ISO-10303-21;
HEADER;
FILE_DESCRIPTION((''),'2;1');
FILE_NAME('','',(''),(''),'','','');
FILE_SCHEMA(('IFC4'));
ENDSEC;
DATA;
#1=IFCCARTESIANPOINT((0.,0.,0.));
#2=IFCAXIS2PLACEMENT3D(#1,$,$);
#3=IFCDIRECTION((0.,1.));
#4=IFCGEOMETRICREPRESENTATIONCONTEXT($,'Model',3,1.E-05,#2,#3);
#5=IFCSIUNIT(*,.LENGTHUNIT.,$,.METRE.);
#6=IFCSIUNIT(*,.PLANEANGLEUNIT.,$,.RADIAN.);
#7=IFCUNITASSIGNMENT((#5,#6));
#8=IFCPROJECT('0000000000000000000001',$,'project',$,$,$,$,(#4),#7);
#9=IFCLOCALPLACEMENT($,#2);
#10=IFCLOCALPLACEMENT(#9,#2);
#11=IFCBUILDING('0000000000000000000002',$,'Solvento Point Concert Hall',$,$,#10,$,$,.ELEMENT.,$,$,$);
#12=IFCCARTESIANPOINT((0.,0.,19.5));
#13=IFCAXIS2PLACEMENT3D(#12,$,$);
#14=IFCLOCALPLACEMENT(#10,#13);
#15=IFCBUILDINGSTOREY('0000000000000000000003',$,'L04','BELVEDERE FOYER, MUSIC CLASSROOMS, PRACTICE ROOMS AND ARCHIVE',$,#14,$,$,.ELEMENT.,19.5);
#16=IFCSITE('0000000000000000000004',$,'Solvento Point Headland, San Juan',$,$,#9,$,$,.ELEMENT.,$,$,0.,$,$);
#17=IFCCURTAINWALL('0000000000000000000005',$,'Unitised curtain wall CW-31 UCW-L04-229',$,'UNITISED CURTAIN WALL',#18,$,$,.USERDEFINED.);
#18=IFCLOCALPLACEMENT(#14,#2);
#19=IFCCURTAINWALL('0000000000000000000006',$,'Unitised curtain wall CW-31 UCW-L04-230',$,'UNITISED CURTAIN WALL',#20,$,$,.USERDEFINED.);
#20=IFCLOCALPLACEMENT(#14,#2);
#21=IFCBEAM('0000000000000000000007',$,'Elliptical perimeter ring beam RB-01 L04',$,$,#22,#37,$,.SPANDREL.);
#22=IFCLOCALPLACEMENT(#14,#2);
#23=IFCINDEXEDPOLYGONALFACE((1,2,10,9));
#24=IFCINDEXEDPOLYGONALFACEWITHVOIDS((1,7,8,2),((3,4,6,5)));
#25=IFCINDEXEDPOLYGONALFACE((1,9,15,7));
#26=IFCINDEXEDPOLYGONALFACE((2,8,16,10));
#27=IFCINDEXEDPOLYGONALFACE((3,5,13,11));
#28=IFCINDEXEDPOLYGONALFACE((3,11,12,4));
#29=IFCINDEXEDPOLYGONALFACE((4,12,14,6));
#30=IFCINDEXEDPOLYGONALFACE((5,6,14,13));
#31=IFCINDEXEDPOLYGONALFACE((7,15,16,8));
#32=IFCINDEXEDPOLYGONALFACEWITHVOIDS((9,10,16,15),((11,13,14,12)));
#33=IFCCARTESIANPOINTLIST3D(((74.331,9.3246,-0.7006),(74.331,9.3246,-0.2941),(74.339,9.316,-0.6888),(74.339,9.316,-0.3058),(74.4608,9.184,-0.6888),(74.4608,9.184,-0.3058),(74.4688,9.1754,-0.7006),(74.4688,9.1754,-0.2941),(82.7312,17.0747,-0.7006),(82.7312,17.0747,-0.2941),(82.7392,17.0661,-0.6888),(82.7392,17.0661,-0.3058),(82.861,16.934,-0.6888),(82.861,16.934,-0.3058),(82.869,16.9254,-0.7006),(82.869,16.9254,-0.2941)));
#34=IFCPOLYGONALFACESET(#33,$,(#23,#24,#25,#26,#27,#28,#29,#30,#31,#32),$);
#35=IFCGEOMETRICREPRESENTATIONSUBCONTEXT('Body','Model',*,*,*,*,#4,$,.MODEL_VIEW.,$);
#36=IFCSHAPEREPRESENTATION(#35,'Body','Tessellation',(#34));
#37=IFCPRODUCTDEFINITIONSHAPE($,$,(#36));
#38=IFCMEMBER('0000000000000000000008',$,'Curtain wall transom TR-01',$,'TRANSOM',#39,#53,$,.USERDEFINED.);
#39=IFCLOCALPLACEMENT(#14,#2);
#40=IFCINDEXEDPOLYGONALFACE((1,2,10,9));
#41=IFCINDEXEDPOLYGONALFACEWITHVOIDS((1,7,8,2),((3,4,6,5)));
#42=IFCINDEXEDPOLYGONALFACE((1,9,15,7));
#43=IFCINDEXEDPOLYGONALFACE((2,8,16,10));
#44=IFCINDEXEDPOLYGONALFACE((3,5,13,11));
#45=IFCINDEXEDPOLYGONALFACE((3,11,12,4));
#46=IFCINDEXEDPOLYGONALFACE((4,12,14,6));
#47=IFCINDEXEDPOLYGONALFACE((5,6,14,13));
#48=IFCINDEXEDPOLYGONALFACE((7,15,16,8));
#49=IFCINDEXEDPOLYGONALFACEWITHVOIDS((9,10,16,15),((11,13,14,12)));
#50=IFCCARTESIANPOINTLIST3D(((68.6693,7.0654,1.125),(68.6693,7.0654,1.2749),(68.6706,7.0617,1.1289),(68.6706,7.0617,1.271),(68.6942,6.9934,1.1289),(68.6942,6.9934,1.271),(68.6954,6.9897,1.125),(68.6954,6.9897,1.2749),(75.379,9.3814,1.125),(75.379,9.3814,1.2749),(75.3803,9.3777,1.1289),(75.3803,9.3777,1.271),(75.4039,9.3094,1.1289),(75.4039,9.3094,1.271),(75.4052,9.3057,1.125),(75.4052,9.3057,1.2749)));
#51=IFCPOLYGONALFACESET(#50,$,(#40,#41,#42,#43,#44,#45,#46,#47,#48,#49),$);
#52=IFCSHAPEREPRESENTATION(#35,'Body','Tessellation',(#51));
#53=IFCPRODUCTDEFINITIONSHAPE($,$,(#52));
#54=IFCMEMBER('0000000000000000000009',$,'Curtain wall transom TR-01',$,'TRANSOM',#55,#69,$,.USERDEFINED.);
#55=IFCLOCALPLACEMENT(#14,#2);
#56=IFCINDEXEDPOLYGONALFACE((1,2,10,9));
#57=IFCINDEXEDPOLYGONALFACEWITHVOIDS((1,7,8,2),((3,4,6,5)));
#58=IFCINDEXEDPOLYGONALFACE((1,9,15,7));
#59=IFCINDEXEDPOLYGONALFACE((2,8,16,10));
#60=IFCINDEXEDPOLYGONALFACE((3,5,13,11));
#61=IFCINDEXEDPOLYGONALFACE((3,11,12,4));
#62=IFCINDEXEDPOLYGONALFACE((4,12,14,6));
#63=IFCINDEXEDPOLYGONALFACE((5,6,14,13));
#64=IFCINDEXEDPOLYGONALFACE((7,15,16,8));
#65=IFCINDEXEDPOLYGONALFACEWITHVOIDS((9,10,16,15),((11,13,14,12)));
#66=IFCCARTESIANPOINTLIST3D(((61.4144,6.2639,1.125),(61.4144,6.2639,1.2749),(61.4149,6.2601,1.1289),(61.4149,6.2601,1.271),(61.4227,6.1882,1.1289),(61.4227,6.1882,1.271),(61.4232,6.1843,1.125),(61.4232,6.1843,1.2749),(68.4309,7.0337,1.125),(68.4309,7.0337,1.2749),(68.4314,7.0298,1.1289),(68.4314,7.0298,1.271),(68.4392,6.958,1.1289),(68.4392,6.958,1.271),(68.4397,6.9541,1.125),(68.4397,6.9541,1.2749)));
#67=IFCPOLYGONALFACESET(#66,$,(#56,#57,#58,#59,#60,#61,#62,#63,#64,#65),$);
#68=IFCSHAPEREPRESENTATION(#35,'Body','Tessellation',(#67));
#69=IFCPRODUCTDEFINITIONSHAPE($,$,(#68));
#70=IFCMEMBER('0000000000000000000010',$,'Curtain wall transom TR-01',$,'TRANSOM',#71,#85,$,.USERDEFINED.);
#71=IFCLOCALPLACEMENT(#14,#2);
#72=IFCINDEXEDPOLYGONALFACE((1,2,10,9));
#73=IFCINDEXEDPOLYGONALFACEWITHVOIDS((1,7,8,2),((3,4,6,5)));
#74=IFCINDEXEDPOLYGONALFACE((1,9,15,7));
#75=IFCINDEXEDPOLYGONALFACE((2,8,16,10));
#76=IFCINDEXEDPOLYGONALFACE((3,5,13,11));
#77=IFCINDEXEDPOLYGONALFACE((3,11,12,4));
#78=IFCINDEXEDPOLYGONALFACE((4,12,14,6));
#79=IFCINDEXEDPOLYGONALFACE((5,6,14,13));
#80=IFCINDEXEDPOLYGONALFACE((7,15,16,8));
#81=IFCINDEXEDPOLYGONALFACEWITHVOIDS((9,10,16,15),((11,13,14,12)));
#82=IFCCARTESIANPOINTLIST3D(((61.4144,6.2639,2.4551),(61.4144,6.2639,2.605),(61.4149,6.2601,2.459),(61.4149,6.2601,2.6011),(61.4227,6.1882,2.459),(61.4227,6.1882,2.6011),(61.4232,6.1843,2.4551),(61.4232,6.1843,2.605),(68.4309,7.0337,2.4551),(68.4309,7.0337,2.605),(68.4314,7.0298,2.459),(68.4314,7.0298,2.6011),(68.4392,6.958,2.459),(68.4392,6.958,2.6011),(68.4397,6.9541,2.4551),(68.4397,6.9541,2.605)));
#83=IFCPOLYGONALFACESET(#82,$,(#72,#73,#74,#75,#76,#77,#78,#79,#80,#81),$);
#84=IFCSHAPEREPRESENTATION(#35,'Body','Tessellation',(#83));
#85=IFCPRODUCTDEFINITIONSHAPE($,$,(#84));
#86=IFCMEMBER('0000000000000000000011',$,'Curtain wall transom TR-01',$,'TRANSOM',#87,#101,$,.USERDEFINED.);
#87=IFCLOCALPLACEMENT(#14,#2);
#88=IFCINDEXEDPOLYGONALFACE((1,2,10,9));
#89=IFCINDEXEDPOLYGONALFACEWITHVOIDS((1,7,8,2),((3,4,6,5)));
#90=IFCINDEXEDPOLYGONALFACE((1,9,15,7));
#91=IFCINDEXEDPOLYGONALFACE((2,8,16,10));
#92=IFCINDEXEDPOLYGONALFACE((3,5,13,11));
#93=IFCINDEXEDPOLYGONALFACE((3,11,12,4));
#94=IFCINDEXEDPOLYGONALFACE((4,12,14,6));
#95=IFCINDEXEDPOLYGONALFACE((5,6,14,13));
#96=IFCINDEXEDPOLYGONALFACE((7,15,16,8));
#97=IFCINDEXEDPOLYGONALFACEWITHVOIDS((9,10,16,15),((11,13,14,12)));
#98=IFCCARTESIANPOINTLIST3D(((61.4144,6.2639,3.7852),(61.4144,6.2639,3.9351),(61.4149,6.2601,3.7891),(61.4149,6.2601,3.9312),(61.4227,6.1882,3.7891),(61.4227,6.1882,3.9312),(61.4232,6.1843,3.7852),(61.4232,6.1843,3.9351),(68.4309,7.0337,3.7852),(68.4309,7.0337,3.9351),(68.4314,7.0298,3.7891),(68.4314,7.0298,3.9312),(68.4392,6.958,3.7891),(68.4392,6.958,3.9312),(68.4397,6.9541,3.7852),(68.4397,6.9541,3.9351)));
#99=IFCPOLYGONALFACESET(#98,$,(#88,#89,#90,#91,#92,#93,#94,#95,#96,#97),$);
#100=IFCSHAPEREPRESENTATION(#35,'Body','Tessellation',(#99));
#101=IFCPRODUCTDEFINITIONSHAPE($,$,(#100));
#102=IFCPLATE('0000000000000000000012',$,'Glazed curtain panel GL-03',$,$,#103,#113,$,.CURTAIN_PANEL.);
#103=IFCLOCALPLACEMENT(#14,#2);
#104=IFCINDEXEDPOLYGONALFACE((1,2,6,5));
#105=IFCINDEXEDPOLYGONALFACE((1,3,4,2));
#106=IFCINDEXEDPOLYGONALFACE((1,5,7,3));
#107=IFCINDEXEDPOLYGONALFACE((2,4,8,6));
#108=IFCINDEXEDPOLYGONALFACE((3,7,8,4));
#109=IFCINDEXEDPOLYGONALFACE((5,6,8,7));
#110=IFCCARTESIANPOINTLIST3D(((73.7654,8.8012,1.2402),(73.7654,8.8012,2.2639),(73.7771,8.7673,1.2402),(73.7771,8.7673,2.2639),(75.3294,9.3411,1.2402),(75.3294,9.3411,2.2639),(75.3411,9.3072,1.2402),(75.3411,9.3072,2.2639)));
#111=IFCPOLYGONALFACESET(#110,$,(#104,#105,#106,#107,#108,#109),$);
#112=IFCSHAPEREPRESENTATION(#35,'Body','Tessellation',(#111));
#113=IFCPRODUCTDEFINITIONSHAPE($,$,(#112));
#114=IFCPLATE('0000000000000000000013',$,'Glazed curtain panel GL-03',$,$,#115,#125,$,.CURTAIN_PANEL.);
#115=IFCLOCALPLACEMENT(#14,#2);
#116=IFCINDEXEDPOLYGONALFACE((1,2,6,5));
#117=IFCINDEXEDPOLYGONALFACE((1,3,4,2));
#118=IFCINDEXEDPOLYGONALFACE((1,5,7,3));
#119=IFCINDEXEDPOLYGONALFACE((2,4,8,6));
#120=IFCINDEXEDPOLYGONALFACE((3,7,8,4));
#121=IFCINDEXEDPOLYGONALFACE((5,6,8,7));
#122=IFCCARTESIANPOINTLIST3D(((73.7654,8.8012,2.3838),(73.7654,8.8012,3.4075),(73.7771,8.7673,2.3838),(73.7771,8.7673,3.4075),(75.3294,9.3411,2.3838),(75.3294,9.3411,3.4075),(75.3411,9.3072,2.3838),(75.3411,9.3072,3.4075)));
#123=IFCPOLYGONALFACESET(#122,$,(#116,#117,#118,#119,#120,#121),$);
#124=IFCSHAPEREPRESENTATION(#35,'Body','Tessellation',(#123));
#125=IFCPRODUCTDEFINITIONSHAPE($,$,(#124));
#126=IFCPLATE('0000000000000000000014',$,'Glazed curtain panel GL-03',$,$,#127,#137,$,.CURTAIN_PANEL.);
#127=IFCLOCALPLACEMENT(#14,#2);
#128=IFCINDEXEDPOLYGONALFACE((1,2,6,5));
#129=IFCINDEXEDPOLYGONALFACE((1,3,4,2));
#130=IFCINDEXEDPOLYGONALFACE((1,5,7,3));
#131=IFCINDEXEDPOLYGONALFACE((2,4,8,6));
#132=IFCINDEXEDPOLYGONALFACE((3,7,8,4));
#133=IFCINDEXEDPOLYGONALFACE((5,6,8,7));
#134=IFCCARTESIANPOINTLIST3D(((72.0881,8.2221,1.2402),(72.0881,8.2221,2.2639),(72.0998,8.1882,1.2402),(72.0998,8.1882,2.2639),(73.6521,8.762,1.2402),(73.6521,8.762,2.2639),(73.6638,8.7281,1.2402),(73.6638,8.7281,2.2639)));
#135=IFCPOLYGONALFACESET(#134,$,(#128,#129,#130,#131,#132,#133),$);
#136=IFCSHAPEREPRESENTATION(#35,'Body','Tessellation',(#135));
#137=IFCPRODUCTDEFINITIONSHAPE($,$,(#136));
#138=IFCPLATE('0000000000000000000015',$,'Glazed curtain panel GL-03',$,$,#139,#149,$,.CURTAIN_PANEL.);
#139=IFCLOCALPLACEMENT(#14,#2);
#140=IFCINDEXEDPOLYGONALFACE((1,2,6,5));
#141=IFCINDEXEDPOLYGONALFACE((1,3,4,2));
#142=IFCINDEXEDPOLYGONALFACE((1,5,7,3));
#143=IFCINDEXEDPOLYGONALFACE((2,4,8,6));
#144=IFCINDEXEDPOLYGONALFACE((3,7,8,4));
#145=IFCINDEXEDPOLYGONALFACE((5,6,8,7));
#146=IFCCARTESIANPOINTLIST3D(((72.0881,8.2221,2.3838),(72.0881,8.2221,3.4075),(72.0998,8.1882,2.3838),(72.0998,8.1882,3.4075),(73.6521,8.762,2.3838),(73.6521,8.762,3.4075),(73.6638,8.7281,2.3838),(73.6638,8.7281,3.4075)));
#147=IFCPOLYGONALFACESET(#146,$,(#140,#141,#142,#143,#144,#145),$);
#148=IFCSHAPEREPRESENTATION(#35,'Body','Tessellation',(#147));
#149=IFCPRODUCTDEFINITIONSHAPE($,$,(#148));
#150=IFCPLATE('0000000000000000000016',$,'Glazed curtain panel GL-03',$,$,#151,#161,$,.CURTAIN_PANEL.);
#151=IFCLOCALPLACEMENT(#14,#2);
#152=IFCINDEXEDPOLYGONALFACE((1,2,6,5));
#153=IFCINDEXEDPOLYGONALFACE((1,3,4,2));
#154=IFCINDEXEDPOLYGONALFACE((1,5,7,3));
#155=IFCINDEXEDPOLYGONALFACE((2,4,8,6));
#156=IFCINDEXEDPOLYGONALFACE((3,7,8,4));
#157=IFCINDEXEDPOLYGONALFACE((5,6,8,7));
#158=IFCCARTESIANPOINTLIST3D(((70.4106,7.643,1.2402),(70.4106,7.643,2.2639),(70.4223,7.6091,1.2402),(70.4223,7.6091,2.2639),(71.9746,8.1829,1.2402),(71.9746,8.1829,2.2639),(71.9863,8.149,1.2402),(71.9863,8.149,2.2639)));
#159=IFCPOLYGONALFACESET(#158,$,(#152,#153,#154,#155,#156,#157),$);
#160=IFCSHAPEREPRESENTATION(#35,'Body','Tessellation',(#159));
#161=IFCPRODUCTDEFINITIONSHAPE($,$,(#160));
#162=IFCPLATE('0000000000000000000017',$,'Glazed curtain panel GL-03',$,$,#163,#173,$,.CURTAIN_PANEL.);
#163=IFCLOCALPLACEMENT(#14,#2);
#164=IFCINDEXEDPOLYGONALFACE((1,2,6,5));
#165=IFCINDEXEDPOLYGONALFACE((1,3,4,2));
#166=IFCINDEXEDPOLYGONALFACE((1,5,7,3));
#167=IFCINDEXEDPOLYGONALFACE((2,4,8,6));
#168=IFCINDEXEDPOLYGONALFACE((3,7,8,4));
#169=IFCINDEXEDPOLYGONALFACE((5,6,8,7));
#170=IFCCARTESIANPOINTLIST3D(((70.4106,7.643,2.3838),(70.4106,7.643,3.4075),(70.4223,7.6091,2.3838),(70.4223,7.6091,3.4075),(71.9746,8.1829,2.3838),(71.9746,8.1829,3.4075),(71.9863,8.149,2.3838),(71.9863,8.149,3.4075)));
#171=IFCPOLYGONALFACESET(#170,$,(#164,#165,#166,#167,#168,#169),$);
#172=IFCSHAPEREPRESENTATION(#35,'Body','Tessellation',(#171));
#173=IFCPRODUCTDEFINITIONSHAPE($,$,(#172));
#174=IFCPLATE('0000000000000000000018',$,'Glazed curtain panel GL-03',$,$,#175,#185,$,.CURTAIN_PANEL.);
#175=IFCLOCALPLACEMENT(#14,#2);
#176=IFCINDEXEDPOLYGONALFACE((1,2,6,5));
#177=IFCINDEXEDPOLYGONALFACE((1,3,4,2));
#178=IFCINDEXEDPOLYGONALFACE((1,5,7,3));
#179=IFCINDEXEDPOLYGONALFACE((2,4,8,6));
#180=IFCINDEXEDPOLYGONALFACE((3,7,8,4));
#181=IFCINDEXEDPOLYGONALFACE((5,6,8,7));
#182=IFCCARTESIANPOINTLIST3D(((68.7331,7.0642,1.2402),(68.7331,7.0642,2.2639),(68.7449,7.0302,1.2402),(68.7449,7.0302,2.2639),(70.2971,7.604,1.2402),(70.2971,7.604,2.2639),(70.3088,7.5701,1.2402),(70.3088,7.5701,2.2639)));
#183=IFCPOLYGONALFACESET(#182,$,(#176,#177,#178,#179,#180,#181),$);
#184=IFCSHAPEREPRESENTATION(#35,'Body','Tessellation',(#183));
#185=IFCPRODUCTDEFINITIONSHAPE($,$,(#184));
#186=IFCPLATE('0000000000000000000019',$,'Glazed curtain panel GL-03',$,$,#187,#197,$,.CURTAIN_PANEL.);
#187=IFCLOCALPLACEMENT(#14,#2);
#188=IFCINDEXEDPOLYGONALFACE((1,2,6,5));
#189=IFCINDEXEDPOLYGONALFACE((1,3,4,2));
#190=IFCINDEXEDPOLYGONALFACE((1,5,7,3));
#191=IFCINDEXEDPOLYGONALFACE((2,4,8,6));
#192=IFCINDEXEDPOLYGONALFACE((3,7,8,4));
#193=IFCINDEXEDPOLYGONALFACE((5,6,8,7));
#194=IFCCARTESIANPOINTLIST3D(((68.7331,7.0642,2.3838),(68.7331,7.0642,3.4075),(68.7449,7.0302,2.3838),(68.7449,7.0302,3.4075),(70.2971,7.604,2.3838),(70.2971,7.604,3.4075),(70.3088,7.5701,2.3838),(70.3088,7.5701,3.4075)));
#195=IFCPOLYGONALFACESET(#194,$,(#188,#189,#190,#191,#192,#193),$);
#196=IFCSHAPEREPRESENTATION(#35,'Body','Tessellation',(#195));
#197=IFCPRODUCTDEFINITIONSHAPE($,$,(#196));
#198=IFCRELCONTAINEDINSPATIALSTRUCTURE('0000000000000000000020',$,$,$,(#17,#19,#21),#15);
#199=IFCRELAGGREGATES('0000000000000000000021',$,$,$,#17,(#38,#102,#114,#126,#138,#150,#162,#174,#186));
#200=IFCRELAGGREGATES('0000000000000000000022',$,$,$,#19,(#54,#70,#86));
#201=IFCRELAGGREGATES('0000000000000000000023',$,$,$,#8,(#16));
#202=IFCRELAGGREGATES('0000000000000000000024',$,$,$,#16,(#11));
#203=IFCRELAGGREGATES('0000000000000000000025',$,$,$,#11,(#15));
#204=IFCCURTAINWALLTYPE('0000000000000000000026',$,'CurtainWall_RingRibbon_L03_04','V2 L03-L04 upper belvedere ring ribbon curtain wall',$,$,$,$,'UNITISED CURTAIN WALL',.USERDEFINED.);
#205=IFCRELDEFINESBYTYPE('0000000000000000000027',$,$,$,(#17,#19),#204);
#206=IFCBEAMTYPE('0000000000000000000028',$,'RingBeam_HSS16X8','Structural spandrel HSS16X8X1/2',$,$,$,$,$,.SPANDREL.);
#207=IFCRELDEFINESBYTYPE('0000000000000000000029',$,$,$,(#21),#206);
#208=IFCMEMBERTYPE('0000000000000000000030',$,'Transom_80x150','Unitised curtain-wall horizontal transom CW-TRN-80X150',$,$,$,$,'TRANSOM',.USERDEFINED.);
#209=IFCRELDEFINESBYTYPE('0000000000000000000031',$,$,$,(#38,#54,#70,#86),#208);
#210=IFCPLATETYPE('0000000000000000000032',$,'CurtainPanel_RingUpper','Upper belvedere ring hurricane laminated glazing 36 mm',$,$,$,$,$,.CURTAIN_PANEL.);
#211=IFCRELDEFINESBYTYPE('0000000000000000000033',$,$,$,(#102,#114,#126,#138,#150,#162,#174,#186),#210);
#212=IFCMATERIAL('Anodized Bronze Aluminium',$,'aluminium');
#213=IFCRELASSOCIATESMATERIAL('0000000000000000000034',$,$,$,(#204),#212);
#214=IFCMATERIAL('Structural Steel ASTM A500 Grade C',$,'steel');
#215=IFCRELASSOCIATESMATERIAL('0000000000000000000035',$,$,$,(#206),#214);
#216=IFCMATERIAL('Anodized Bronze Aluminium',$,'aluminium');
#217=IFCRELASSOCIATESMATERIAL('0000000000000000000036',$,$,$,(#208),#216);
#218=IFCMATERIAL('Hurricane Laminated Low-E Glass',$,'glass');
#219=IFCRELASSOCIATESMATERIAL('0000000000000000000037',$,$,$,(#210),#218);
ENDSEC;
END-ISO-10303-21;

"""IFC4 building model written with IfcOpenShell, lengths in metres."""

from ifc_helpers import new_model, si_unit, direction, frame, origin, origin_2d, place, context, subcontext, project, spatial, rectangle, hollow_rectangle, extrude, material, material_profile, profile_set, type_object, element, aggregate, save


model = new_model("IFC4")

# Units and contexts
model_context = context("Model", 3, precision=1e-05, world=origin(), true_north=direction((0.0, 1.0)))
body_context = subcontext(model_context, "Body", "Model", "MODEL_VIEW")
ifc_project = project(units=[si_unit("LENGTHUNIT", "METRE"), si_unit("PLANEANGLEUNIT", "RADIAN")], contexts=[model_context])

# Site, building, storey
site_placement = place(None, origin())
site = spatial("IfcSite", under=ifc_project, at=site_placement, Name="Solvento Point Headland, San Juan", CompositionType="ELEMENT", RefElevation=0.0)
building_placement = place(site_placement, origin())
building = spatial("IfcBuilding", under=site, at=building_placement, Name="Solvento Point Concert Hall", CompositionType="ELEMENT")
storey_placement = place(building_placement, frame((0.0, 0.0, 19.5)))
storey = spatial("IfcBuildingStorey", under=building, at=storey_placement, Name="L04", Description="BELVEDERE FOYER, MUSIC CLASSROOMS, PRACTICE ROOMS AND ARCHIVE", CompositionType="ELEMENT", Elevation=19.5)

# Curtain walls
ifc_material_1 = material(Name="Anodized Bronze Aluminium", Category="aluminium")
curtain_wall_type = type_object("IfcCurtainWallType", Name="CurtainWall_RingRibbon_L03_04", Description="V2 L03-L04 upper belvedere ring ribbon curtain wall", ElementType="UNITISED CURTAIN WALL", PredefinedType="USERDEFINED", material=ifc_material_1)
curtain_wall_1_placement = place(storey_placement, origin())
curtain_wall_1 = element("IfcCurtainWall", 1, at=curtain_wall_1_placement, inside=storey, type_object=curtain_wall_type, Name="Unitised curtain wall CW-31 UCW-L04-229", ObjectType="UNITISED CURTAIN WALL", PredefinedType="USERDEFINED")
curtain_wall_2_placement = place(storey_placement, origin())
curtain_wall_2 = element("IfcCurtainWall", 2, at=curtain_wall_2_placement, inside=storey, type_object=curtain_wall_type, Name="Unitised curtain wall CW-31 UCW-L04-230", ObjectType="UNITISED CURTAIN WALL", PredefinedType="USERDEFINED")

# Beam
ifc_material_2 = material(Name="Structural Steel ASTM A500 Grade C", Category="steel")
ifc_material_profile_1 = material_profile(ifc_material_2, hollow_rectangle(XDim=0.2031, YDim=0.4065, WallThickness=0.0117, at=origin_2d()), Name="HSS16X8X1/2")
ifc_profile_set_1 = profile_set([ifc_material_profile_1], Name="Structural Steel ASTM A500 Grade C")
beam_type = type_object("IfcBeamType", Name="RingBeam_HSS16X8", Description="Structural spandrel HSS16X8X1/2", PredefinedType="SPANDREL", material=ifc_profile_set_1)
beam_1_placement = place(storey_placement, frame((74.3999, 9.25, -0.4973), z_axis=(0.734977, 0.678092, 0.0), x_axis=(-0.678092, 0.734977, 0.0)))
element("IfcBeam", 3, at=beam_1_placement, inside=storey, type_object=beam_type, Name="Elliptical perimeter ring beam RB-01 L04", PredefinedType="SPANDREL", context=body_context, shape_type="SweptSolid", body=[
    extrude(hollow_rectangle(XDim=0.2031, YDim=0.4065, WallThickness=0.0117, at=origin_2d()), origin(), (0.0, 0.0, 1.0), 11.4292),
])

# Members
ifc_material_3 = material(Name="Anodized Bronze Aluminium", Category="aluminium")
ifc_material_profile_2 = material_profile(ifc_material_3, hollow_rectangle(XDim=0.0801, YDim=0.1499, WallThickness=0.0039, at=origin_2d()), Name="CW-TRN-80X150")
ifc_profile_set_2 = profile_set([ifc_material_profile_2], Name="Anodized Bronze Aluminium")
member_type_1 = type_object("IfcMemberType", Name="Transom_80x150", Description="Unitised curtain-wall horizontal transom CW-TRN-80X150", ElementType="TRANSOM", PredefinedType="USERDEFINED", material=ifc_profile_set_2)
member_1_placement = place(storey_placement, frame((75.3921, 9.3435, 1.2), z_axis=(-0.945276, -0.326271, 0.0), x_axis=(0.326271, -0.945276, 0.0)))
member_1 = element("IfcMember", 4, at=member_1_placement, type_object=member_type_1, Name="Curtain wall transom TR-01", ObjectType="TRANSOM", PredefinedType="USERDEFINED", context=body_context, shape_type="SweptSolid", body=[
    extrude(hollow_rectangle(XDim=0.0801, YDim=0.1499, WallThickness=0.0039, at=origin_2d()), origin(), (0.0, 0.0, 1.0), 7.0981),
])
member_2_placement = place(storey_placement, frame((68.4353, 6.9939, 1.2), z_axis=(-0.994036, -0.109053, 0.0), x_axis=(0.109053, -0.994036, 0.0)))
member_2 = element("IfcMember", 5, at=member_2_placement, type_object=member_type_1, Name="Curtain wall transom TR-01", ObjectType="TRANSOM", PredefinedType="USERDEFINED", context=body_context, shape_type="SweptSolid", body=[
    extrude(hollow_rectangle(XDim=0.0801, YDim=0.1499, WallThickness=0.0039, at=origin_2d()), origin(), (0.0, 0.0, 1.0), 7.0586),
])
member_3_placement = place(storey_placement, frame((68.4353, 6.9939, 2.53), z_axis=(-0.994036, -0.109053, 0.0), x_axis=(0.109053, -0.994036, 0.0)))
member_3 = element("IfcMember", 6, at=member_3_placement, type_object=member_type_1, Name="Curtain wall transom TR-01", ObjectType="TRANSOM", PredefinedType="USERDEFINED", context=body_context, shape_type="SweptSolid", body=[
    extrude(hollow_rectangle(XDim=0.0801, YDim=0.1499, WallThickness=0.0039, at=origin_2d()), origin(), (0.0, 0.0, 1.0), 7.0586),
])
member_4_placement = place(storey_placement, frame((68.4353, 6.9939, 3.8601), z_axis=(-0.994036, -0.109053, 0.0), x_axis=(0.109053, -0.994036, 0.0)))
member_4 = element("IfcMember", 7, at=member_4_placement, type_object=member_type_1, Name="Curtain wall transom TR-01", ObjectType="TRANSOM", PredefinedType="USERDEFINED", context=body_context, shape_type="SweptSolid", body=[
    extrude(hollow_rectangle(XDim=0.0801, YDim=0.1499, WallThickness=0.0039, at=origin_2d()), origin(), (0.0, 0.0, 1.0), 7.0586),
])

# Plates
ifc_material_4 = material(Name="Hurricane Laminated Low-E Glass", Category="glass")
plate_type = type_object("IfcPlateType", Name="CurtainPanel_RingUpper", Description="Upper belvedere ring hurricane laminated glazing 36 mm", PredefinedType="CURTAIN_PANEL", material=ifc_material_4)
plate_1_placement = place(storey_placement, frame((74.5532, 9.0542, 1.2402), z_axis=(0.0, 0.0, 1.0), x_axis=(-0.945271, -0.326286, 0.0)))
plate_1 = element("IfcPlate", 8, at=plate_1_placement, type_object=plate_type, Name="Glazed curtain panel GL-03", PredefinedType="CURTAIN_PANEL", context=body_context, shape_type="SweptSolid", body=[
    extrude(rectangle(XDim=1.6545, YDim=0.0359, at=origin_2d()), origin(), (0.0, 0.0, 1.0), 1.0237),
])
plate_2_placement = place(storey_placement, frame((74.5532, 9.0542, 2.3838), z_axis=(0.0, 0.0, 1.0), x_axis=(-0.945271, -0.326286, 0.0)))
plate_2 = element("IfcPlate", 9, at=plate_2_placement, type_object=plate_type, Name="Glazed curtain panel GL-03", PredefinedType="CURTAIN_PANEL", context=body_context, shape_type="SweptSolid", body=[
    extrude(rectangle(XDim=1.6545, YDim=0.0359, at=origin_2d()), origin(), (0.0, 0.0, 1.0), 1.0237),
])
plate_3_placement = place(storey_placement, frame((72.876, 8.4751, 1.2402), z_axis=(0.0, 0.0, 1.0), x_axis=(-0.945271, -0.326286, 0.0)))
plate_3 = element("IfcPlate", 10, at=plate_3_placement, type_object=plate_type, Name="Glazed curtain panel GL-03", PredefinedType="CURTAIN_PANEL", context=body_context, shape_type="SweptSolid", body=[
    extrude(rectangle(XDim=1.6545, YDim=0.0359, at=origin_2d()), origin(), (0.0, 0.0, 1.0), 1.0237),
])
plate_4_placement = place(storey_placement, frame((72.876, 8.4751, 2.3838), z_axis=(0.0, 0.0, 1.0), x_axis=(-0.945271, -0.326286, 0.0)))
plate_4 = element("IfcPlate", 11, at=plate_4_placement, type_object=plate_type, Name="Glazed curtain panel GL-03", PredefinedType="CURTAIN_PANEL", context=body_context, shape_type="SweptSolid", body=[
    extrude(rectangle(XDim=1.6545, YDim=0.0359, at=origin_2d()), origin(), (0.0, 0.0, 1.0), 1.0237),
])
plate_5_placement = place(storey_placement, frame((71.1985, 7.896, 1.2402), z_axis=(0.0, 0.0, 1.0), x_axis=(-0.945271, -0.326286, 0.0)))
plate_5 = element("IfcPlate", 12, at=plate_5_placement, type_object=plate_type, Name="Glazed curtain panel GL-03", PredefinedType="CURTAIN_PANEL", context=body_context, shape_type="SweptSolid", body=[
    extrude(rectangle(XDim=1.6545, YDim=0.0359, at=origin_2d()), origin(), (0.0, 0.0, 1.0), 1.0237),
])
plate_6_placement = place(storey_placement, frame((71.1985, 7.896, 2.3838), z_axis=(0.0, 0.0, 1.0), x_axis=(-0.945271, -0.326286, 0.0)))
plate_6 = element("IfcPlate", 13, at=plate_6_placement, type_object=plate_type, Name="Glazed curtain panel GL-03", PredefinedType="CURTAIN_PANEL", context=body_context, shape_type="SweptSolid", body=[
    extrude(rectangle(XDim=1.6545, YDim=0.0359, at=origin_2d()), origin(), (0.0, 0.0, 1.0), 1.0237),
])
plate_7_placement = place(storey_placement, frame((69.521, 7.3171, 1.2402), z_axis=(0.0, 0.0, 1.0), x_axis=(-0.945271, -0.326286, 0.0)))
plate_7 = element("IfcPlate", 14, at=plate_7_placement, type_object=plate_type, Name="Glazed curtain panel GL-03", PredefinedType="CURTAIN_PANEL", context=body_context, shape_type="SweptSolid", body=[
    extrude(rectangle(XDim=1.6545, YDim=0.0359, at=origin_2d()), origin(), (0.0, 0.0, 1.0), 1.0237),
])
plate_8_placement = place(storey_placement, frame((69.521, 7.3171, 2.3838), z_axis=(0.0, 0.0, 1.0), x_axis=(-0.945271, -0.326286, 0.0)))
plate_8 = element("IfcPlate", 15, at=plate_8_placement, type_object=plate_type, Name="Glazed curtain panel GL-03", PredefinedType="CURTAIN_PANEL", context=body_context, shape_type="SweptSolid", body=[
    extrude(rectangle(XDim=1.6545, YDim=0.0359, at=origin_2d()), origin(), (0.0, 0.0, 1.0), 1.0237),
])
aggregate(curtain_wall_1, [member_1, plate_1, plate_2, plate_3, plate_4, plate_5, plate_6, plate_7, plate_8])
aggregate(curtain_wall_2, [member_2, member_3, member_4])

save(model, "model.ifc")
